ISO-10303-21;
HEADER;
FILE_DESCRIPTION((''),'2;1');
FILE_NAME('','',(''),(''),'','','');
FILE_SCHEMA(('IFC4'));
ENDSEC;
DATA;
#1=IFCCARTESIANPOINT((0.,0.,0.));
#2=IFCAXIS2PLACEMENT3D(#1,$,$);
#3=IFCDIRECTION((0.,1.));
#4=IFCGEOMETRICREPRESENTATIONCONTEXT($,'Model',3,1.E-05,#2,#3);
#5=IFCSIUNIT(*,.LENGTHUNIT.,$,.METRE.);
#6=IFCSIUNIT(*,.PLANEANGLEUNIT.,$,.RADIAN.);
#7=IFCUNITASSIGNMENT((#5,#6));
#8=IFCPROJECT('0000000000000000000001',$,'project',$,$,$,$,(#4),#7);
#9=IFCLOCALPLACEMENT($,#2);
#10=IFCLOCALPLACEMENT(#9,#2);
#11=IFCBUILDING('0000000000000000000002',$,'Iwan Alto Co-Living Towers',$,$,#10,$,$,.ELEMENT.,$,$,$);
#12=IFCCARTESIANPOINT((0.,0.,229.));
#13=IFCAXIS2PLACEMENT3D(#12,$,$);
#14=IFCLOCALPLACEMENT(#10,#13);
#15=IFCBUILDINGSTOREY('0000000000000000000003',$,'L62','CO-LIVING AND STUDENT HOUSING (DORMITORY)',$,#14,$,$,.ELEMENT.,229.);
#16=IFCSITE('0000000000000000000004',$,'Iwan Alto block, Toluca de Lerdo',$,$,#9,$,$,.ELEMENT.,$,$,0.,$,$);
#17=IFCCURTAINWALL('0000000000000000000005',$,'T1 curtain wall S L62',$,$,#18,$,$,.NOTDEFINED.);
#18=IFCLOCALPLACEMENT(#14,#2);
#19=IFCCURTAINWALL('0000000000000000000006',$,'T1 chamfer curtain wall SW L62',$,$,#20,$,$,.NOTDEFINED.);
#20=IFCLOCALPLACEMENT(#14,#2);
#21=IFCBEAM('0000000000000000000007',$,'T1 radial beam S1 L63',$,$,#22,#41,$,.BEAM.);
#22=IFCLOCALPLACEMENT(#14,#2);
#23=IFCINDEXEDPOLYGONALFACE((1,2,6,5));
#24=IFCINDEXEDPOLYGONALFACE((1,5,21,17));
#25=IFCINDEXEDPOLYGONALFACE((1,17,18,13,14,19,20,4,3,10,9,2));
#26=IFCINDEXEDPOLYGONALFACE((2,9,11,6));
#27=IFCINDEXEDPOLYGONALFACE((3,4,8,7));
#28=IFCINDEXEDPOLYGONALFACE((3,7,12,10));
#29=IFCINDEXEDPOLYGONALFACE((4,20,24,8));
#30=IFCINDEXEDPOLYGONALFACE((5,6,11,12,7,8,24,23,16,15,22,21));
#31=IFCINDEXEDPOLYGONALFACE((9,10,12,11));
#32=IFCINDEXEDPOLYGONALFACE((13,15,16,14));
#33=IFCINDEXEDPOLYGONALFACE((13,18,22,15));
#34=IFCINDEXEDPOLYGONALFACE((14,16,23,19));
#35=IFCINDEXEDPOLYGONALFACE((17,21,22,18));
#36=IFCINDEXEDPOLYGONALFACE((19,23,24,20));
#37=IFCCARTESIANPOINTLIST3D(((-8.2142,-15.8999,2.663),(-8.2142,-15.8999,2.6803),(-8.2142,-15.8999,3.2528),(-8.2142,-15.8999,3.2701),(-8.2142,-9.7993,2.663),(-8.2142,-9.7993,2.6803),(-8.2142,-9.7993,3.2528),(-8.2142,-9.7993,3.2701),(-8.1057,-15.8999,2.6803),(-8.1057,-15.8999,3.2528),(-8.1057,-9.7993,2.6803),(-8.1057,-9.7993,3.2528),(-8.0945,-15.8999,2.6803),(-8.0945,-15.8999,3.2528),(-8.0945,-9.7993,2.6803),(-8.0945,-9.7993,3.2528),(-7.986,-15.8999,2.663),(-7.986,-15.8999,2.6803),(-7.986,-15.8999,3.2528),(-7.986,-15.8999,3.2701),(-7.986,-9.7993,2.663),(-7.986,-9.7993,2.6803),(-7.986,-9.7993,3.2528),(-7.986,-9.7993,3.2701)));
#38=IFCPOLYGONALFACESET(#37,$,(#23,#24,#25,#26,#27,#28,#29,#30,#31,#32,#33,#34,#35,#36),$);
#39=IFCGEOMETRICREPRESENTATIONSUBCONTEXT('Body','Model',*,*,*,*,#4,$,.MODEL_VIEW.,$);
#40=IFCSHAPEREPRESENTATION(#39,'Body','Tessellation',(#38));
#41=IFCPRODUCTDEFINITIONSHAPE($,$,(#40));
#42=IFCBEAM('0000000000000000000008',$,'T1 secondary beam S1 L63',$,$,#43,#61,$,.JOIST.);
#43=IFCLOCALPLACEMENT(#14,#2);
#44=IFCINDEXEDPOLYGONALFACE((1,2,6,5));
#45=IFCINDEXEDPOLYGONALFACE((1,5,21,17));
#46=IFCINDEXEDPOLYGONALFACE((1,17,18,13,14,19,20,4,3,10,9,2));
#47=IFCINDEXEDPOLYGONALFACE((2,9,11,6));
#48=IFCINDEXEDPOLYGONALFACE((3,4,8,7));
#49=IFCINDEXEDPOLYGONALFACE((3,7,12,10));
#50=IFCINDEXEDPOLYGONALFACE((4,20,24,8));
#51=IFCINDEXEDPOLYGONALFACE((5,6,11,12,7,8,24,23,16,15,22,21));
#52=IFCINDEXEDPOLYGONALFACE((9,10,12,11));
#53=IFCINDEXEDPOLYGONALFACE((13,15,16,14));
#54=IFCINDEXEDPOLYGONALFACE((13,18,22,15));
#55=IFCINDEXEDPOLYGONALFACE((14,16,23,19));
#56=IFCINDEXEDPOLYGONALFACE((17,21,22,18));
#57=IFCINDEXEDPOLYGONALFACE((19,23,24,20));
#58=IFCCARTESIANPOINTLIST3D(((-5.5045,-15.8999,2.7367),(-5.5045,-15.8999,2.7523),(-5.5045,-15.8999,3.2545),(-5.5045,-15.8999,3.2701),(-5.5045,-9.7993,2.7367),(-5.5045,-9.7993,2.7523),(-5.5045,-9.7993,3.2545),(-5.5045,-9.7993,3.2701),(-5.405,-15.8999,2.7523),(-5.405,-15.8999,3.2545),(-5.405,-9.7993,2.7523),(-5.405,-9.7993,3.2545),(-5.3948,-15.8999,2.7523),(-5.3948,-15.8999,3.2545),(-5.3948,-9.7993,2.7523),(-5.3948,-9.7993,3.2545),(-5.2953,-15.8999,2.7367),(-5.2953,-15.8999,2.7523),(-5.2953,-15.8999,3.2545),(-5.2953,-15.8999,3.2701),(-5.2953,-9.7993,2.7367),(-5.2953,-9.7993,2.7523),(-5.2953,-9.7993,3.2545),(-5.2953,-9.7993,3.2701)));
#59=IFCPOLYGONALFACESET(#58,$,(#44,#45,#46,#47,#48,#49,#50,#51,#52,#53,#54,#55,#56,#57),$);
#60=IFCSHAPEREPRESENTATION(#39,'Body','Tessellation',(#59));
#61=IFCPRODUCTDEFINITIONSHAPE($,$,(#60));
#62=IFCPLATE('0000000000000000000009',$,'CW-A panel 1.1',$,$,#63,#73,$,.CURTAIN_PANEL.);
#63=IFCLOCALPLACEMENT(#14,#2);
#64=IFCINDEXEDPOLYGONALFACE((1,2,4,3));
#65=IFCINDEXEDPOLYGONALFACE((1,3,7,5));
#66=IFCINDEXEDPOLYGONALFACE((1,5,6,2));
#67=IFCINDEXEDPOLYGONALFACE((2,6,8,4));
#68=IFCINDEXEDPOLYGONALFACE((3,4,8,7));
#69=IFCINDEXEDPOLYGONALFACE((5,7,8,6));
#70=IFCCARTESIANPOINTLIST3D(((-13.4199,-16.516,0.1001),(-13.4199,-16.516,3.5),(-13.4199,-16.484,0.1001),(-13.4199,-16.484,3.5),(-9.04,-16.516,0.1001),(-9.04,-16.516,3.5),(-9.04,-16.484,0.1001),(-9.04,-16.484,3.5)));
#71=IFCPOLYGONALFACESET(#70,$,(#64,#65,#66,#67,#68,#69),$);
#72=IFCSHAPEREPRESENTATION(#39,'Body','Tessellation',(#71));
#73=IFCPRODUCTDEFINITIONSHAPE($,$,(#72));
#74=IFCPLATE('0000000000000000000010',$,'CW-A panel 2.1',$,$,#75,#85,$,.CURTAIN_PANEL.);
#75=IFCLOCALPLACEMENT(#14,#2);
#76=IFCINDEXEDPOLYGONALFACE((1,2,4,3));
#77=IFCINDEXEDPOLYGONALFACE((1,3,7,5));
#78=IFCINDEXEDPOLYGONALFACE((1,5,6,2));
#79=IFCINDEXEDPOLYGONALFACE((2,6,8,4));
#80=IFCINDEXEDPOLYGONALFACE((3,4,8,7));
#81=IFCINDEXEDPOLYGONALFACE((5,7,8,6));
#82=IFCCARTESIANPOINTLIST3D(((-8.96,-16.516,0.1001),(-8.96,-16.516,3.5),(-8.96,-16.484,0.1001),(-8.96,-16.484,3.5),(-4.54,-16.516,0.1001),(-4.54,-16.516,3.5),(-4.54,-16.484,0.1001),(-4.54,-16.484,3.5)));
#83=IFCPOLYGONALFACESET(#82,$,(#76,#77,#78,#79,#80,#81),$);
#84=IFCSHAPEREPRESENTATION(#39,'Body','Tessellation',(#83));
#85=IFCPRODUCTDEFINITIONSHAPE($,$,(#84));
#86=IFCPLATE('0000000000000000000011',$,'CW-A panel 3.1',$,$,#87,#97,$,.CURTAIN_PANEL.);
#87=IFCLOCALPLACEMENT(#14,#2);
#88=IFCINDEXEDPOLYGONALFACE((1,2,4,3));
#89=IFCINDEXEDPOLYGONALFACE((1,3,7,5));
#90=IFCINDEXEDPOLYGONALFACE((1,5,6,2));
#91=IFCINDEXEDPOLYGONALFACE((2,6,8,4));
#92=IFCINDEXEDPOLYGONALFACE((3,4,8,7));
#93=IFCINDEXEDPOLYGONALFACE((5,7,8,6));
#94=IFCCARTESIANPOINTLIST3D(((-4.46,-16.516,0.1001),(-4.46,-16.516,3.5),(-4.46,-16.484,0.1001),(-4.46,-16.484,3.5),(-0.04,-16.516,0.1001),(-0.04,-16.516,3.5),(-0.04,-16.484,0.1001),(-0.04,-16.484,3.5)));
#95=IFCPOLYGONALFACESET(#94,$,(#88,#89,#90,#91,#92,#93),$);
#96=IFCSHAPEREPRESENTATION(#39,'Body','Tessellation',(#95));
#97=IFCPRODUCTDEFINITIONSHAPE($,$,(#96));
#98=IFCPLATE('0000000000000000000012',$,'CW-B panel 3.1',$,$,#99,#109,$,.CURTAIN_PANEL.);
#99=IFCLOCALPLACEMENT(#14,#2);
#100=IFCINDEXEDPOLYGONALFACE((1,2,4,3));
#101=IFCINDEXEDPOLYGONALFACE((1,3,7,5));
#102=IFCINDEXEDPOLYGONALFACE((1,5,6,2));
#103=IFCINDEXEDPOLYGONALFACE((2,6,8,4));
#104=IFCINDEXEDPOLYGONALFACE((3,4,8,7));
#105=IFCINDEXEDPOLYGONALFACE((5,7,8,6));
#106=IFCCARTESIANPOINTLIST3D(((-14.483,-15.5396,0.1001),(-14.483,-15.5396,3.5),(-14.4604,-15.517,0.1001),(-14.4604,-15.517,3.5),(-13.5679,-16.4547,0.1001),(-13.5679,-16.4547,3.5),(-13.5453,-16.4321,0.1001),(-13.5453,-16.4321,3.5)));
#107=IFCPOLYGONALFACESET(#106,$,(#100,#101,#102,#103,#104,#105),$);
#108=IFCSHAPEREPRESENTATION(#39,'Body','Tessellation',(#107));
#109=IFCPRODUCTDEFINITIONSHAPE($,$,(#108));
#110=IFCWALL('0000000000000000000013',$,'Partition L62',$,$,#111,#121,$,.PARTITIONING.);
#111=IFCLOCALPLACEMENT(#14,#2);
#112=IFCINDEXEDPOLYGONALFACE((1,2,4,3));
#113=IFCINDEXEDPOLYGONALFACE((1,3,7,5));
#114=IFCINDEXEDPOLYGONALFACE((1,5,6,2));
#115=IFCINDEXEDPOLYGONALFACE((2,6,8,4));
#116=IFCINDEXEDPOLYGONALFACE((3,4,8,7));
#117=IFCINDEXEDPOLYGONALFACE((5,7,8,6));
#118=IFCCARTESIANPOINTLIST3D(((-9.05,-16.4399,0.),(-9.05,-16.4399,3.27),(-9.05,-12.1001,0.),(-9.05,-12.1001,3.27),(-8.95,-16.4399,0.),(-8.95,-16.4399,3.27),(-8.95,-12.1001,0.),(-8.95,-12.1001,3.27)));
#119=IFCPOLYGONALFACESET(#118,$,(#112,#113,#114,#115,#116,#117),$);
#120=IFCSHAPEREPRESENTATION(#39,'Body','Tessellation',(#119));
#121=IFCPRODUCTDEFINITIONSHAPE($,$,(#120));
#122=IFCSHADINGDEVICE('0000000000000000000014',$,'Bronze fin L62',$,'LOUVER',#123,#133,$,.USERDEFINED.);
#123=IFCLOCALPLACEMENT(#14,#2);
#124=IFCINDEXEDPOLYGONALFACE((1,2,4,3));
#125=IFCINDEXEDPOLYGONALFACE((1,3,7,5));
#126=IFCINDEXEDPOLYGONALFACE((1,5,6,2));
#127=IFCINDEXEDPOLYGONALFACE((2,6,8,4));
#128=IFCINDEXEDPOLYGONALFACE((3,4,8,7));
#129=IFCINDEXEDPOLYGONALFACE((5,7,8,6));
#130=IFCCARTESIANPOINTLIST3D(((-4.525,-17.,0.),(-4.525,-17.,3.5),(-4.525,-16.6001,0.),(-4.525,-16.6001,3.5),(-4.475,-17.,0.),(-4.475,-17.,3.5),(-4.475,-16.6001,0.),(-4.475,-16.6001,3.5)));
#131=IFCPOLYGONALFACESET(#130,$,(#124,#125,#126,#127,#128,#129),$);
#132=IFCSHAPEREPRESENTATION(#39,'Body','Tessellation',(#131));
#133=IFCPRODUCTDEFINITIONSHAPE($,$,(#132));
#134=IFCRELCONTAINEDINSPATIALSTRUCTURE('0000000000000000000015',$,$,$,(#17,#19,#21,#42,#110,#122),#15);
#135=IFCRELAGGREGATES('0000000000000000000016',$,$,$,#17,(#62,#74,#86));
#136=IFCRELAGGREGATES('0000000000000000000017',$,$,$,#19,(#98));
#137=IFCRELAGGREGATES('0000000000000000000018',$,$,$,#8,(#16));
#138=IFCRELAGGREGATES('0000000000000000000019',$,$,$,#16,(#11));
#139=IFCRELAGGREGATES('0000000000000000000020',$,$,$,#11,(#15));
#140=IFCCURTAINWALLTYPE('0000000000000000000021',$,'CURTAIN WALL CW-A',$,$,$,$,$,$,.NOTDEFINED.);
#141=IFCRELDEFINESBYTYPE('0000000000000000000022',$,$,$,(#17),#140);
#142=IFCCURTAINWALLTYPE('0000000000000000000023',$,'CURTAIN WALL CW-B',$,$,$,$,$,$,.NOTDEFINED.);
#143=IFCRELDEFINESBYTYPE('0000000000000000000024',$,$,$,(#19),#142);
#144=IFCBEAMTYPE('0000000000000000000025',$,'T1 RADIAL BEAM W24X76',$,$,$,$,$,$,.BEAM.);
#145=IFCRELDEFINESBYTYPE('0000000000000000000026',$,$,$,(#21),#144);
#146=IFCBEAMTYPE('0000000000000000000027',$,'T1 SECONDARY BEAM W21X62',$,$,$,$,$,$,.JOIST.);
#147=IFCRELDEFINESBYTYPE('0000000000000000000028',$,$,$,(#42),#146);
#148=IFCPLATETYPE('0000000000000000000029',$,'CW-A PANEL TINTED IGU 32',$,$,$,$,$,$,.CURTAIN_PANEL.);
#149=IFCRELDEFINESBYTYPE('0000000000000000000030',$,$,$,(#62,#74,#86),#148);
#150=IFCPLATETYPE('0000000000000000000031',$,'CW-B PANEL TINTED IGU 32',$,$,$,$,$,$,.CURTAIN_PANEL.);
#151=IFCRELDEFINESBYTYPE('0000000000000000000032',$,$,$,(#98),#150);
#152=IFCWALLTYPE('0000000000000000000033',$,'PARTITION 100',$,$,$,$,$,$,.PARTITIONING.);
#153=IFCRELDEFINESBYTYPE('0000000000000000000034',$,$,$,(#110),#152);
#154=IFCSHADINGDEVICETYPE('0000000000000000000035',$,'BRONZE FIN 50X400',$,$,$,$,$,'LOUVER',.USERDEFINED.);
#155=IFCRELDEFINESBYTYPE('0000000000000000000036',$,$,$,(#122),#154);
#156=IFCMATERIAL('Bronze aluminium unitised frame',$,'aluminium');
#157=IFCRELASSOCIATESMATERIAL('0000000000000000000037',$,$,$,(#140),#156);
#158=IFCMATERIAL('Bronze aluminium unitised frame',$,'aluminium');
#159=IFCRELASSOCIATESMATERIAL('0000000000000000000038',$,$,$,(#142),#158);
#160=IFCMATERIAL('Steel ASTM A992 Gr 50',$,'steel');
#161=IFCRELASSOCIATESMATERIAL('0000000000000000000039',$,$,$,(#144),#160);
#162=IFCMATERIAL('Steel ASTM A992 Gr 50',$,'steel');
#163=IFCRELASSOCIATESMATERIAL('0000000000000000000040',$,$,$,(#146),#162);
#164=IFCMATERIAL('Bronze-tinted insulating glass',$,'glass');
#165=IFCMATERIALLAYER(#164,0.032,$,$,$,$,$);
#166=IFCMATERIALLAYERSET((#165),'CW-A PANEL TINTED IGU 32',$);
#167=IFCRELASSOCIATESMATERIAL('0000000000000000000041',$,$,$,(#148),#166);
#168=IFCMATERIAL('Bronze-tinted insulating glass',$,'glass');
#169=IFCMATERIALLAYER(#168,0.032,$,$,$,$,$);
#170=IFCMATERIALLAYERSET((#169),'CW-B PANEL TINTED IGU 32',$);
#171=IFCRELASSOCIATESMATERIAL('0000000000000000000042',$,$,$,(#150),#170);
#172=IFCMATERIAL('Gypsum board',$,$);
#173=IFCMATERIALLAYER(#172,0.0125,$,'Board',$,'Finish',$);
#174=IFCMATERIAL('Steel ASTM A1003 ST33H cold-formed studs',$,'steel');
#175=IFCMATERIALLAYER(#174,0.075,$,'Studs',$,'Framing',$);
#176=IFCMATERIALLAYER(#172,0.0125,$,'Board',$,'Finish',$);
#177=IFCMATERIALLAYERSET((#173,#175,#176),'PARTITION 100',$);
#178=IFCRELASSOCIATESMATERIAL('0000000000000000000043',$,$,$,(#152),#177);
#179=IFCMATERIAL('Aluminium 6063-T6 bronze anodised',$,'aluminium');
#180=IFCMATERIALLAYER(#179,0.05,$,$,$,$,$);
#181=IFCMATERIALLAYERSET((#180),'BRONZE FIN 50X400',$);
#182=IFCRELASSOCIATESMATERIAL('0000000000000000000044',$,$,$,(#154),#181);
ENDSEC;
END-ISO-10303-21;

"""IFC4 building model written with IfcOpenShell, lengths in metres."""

from ifc_helpers import new_model, si_unit, direction, frame, frame_2d, origin, origin_2d, place, context, subcontext, project, spatial, rectangle, i_section, extrude, material, layer, layer_set, material_profile, profile_set, type_object, element, aggregate, save


model = new_model("IFC4")

# Units and contexts
model_context = context("Model", 3, precision=1e-05, world=origin(), true_north=direction((0.0, 1.0)))
body_context = subcontext(model_context, "Body", "Model", "MODEL_VIEW")
ifc_project = project(units=[si_unit("LENGTHUNIT", "METRE"), si_unit("PLANEANGLEUNIT", "RADIAN")], contexts=[model_context])

# Site, building, storey
site_placement = place(None, origin())
site = spatial("IfcSite", under=ifc_project, at=site_placement, Name="Iwan Alto block, Toluca de Lerdo", CompositionType="ELEMENT", RefElevation=0.0)
building_placement = place(site_placement, origin())
building = spatial("IfcBuilding", under=site, at=building_placement, Name="Iwan Alto Co-Living Towers", CompositionType="ELEMENT")
storey_placement = place(building_placement, frame((0.0, 0.0, 229.0)))
storey = spatial("IfcBuildingStorey", under=building, at=storey_placement, Name="L62", Description="CO-LIVING AND STUDENT HOUSING (DORMITORY)", CompositionType="ELEMENT", Elevation=229.0)

# Curtain wall
ifc_material_1 = material(Name="Bronze aluminium unitised frame", Category="aluminium")
curtain_wall_type_1 = type_object("IfcCurtainWallType", Name="CURTAIN WALL CW-A", PredefinedType="NOTDEFINED", material=ifc_material_1)
curtain_wall_1_placement = place(storey_placement, origin())
curtain_wall_1 = element("IfcCurtainWall", 1, at=curtain_wall_1_placement, inside=storey, type_object=curtain_wall_type_1, Name="T1 curtain wall S L62", PredefinedType="NOTDEFINED")

# Curtain wall
ifc_material_2 = material(Name="Bronze aluminium unitised frame", Category="aluminium")
curtain_wall_type_2 = type_object("IfcCurtainWallType", Name="CURTAIN WALL CW-B", PredefinedType="NOTDEFINED", material=ifc_material_2)
curtain_wall_2_placement = place(storey_placement, origin())
curtain_wall_2 = element("IfcCurtainWall", 2, at=curtain_wall_2_placement, inside=storey, type_object=curtain_wall_type_2, Name="T1 chamfer curtain wall SW L62", PredefinedType="NOTDEFINED")

# Beams
ifc_material_3 = material(Name="Steel ASTM A992 Gr 50", Category="steel")
ifc_material_profile_1 = material_profile(ifc_material_3, i_section(OverallWidth=0.2283, OverallDepth=0.6072, WebThickness=0.0112, FlangeThickness=0.0173, at=origin_2d()), Name="W24X76")
ifc_profile_set_1 = profile_set([ifc_material_profile_1], Name="Steel ASTM A992 Gr 50")
beam_type_1 = type_object("IfcBeamType", Name="T1 RADIAL BEAM W24X76", PredefinedType="BEAM", material=ifc_profile_set_1)
beam_1_placement = place(storey_placement, frame((-8.1001, -15.8999, 2.9666), z_axis=(0.0, 1.0, 0.0), x_axis=(-1.0, 0.0, 0.0)))
element("IfcBeam", 3, at=beam_1_placement, inside=storey, type_object=beam_type_1, Name="T1 radial beam S1 L63", PredefinedType="BEAM", context=body_context, shape_type="SweptSolid", body=[
    extrude(i_section(OverallWidth=0.2283, OverallDepth=0.6072, WebThickness=0.0112, FlangeThickness=0.0173, at=origin_2d()), origin(), (0.0, 0.0, 1.0), 6.1006),
])
ifc_material_4 = material(Name="Steel ASTM A992 Gr 50", Category="steel")
ifc_material_profile_2 = material_profile(ifc_material_4, i_section(OverallWidth=0.2092, OverallDepth=0.5334, WebThickness=0.0103, FlangeThickness=0.0156, at=origin_2d()), Name="W21X62")
ifc_profile_set_2 = profile_set([ifc_material_profile_2], Name="Steel ASTM A992 Gr 50")
beam_type_2 = type_object("IfcBeamType", Name="T1 SECONDARY BEAM W21X62", PredefinedType="JOIST", material=ifc_profile_set_2)
beam_2_placement = place(storey_placement, frame((-5.3999, -15.8999, 3.0034), z_axis=(0.0, 1.0, 0.0), x_axis=(-1.0, 0.0, 0.0)))
element("IfcBeam", 4, at=beam_2_placement, inside=storey, type_object=beam_type_2, Name="T1 secondary beam S1 L63", PredefinedType="JOIST", context=body_context, shape_type="SweptSolid", body=[
    extrude(i_section(OverallWidth=0.2092, OverallDepth=0.5334, WebThickness=0.0103, FlangeThickness=0.0156, at=origin_2d()), origin(), (0.0, 0.0, 1.0), 6.1006),
])

# Plates
ifc_material_5 = material(Name="Bronze-tinted insulating glass", Category="glass")
ifc_layer_1 = layer(ifc_material_5, 0.032)
ifc_layer_set_1 = layer_set([ifc_layer_1], Name="CW-A PANEL TINTED IGU 32")
plate_type_1 = type_object("IfcPlateType", Name="CW-A PANEL TINTED IGU 32", PredefinedType="CURTAIN_PANEL", material=ifc_layer_set_1)
plate_1_placement = place(storey_placement, frame((-11.23, -16.5, 0.1001), z_axis=(0.0, 0.0, 1.0), x_axis=(1.0, 0.0, 0.0)))
plate_1 = element("IfcPlate", 5, at=plate_1_placement, type_object=plate_type_1, Name="CW-A panel 1.1", PredefinedType="CURTAIN_PANEL", context=body_context, shape_type="SweptSolid", body=[
    extrude(rectangle(XDim=4.3799, YDim=0.032, at=origin_2d()), origin(), (0.0, 0.0, 1.0), 3.3999),
])
plate_2_placement = place(storey_placement, frame((-6.75, -16.5, 0.1001), z_axis=(0.0, 0.0, 1.0), x_axis=(1.0, 0.0, 0.0)))
plate_2 = element("IfcPlate", 6, at=plate_2_placement, type_object=plate_type_1, Name="CW-A panel 2.1", PredefinedType="CURTAIN_PANEL", context=body_context, shape_type="SweptSolid", body=[
    extrude(rectangle(XDim=4.4199, YDim=0.032, at=origin_2d()), origin(), (0.0, 0.0, 1.0), 3.3999),
])
plate_3_placement = place(storey_placement, frame((-2.25, -16.5, 0.1001), z_axis=(0.0, 0.0, 1.0), x_axis=(1.0, 0.0, 0.0)))
plate_3 = element("IfcPlate", 7, at=plate_3_placement, type_object=plate_type_1, Name="CW-A panel 3.1", PredefinedType="CURTAIN_PANEL", context=body_context, shape_type="SweptSolid", body=[
    extrude(rectangle(XDim=4.4199, YDim=0.032, at=origin_2d()), origin(), (0.0, 0.0, 1.0), 3.3999),
])
aggregate(curtain_wall_1, [plate_1, plate_2, plate_3])
ifc_material_6 = material(Name="Bronze-tinted insulating glass", Category="glass")
ifc_layer_2 = layer(ifc_material_6, 0.032)
ifc_layer_set_2 = layer_set([ifc_layer_2], Name="CW-B PANEL TINTED IGU 32")
plate_type_2 = type_object("IfcPlateType", Name="CW-B PANEL TINTED IGU 32", PredefinedType="CURTAIN_PANEL", material=ifc_layer_set_2)
plate_4_placement = place(storey_placement, frame((-14.0142, -15.9858, 0.1001), z_axis=(0.0, 0.0, 1.0), x_axis=(0.707107, -0.707107, 0.0)))
plate_4 = element("IfcPlate", 8, at=plate_4_placement, type_object=plate_type_2, Name="CW-B panel 3.1", PredefinedType="CURTAIN_PANEL", context=body_context, shape_type="SweptSolid", body=[
    extrude(rectangle(XDim=1.2942, YDim=0.032, at=origin_2d()), origin(), (0.0, 0.0, 1.0), 3.3999),
])
aggregate(curtain_wall_2, [plate_4])

# Wall
ifc_material_7 = material(Name="Gypsum board")
ifc_layer_3 = layer(ifc_material_7, 0.0125, Name="Board", Category="Finish")
ifc_material_8 = material(Name="Steel ASTM A1003 ST33H cold-formed studs", Category="steel")
ifc_layer_4 = layer(ifc_material_8, 0.075, Name="Studs", Category="Framing")
ifc_layer_5 = layer(ifc_material_7, 0.0125, Name="Board", Category="Finish")
ifc_layer_set_3 = layer_set([ifc_layer_3, ifc_layer_4, ifc_layer_5], Name="PARTITION 100")
wall_type = type_object("IfcWallType", Name="PARTITION 100", PredefinedType="PARTITIONING", material=ifc_layer_set_3)
wall_placement = place(storey_placement, frame((-9.0, -16.4399, 0.0), z_axis=(0.0, 0.0, 1.0), x_axis=(0.0, 1.0, 0.0)))
element("IfcWall", 9, at=wall_placement, inside=storey, type_object=wall_type, Name="Partition L62", PredefinedType="PARTITIONING", context=body_context, shape_type="SweptSolid", body=[
    extrude(rectangle(XDim=4.3398, YDim=0.1001, at=frame_2d((2.1699, 0.0))), origin(), (0.0, 0.0, 1.0), 3.27),
])

# Shading device
ifc_material_9 = material(Name="Aluminium 6063-T6 bronze anodised", Category="aluminium")
ifc_layer_6 = layer(ifc_material_9, 0.05)
ifc_layer_set_4 = layer_set([ifc_layer_6], Name="BRONZE FIN 50X400")
shading_device_type = type_object("IfcShadingDeviceType", Name="BRONZE FIN 50X400", ElementType="LOUVER", PredefinedType="USERDEFINED", material=ifc_layer_set_4)
shading_device_placement = place(storey_placement, frame((-4.5, -16.8, 0.0), z_axis=(0.0, 0.0, 1.0), x_axis=(1.0, 0.0, 0.0)))
element("IfcShadingDevice", 10, at=shading_device_placement, inside=storey, type_object=shading_device_type, Name="Bronze fin L62", ObjectType="LOUVER", PredefinedType="USERDEFINED", context=body_context, shape_type="SweptSolid", body=[
    extrude(rectangle(XDim=0.05, YDim=0.3999, at=origin_2d()), origin(), (0.0, 0.0, 1.0), 3.5),
])

save(model, "model.ifc")
